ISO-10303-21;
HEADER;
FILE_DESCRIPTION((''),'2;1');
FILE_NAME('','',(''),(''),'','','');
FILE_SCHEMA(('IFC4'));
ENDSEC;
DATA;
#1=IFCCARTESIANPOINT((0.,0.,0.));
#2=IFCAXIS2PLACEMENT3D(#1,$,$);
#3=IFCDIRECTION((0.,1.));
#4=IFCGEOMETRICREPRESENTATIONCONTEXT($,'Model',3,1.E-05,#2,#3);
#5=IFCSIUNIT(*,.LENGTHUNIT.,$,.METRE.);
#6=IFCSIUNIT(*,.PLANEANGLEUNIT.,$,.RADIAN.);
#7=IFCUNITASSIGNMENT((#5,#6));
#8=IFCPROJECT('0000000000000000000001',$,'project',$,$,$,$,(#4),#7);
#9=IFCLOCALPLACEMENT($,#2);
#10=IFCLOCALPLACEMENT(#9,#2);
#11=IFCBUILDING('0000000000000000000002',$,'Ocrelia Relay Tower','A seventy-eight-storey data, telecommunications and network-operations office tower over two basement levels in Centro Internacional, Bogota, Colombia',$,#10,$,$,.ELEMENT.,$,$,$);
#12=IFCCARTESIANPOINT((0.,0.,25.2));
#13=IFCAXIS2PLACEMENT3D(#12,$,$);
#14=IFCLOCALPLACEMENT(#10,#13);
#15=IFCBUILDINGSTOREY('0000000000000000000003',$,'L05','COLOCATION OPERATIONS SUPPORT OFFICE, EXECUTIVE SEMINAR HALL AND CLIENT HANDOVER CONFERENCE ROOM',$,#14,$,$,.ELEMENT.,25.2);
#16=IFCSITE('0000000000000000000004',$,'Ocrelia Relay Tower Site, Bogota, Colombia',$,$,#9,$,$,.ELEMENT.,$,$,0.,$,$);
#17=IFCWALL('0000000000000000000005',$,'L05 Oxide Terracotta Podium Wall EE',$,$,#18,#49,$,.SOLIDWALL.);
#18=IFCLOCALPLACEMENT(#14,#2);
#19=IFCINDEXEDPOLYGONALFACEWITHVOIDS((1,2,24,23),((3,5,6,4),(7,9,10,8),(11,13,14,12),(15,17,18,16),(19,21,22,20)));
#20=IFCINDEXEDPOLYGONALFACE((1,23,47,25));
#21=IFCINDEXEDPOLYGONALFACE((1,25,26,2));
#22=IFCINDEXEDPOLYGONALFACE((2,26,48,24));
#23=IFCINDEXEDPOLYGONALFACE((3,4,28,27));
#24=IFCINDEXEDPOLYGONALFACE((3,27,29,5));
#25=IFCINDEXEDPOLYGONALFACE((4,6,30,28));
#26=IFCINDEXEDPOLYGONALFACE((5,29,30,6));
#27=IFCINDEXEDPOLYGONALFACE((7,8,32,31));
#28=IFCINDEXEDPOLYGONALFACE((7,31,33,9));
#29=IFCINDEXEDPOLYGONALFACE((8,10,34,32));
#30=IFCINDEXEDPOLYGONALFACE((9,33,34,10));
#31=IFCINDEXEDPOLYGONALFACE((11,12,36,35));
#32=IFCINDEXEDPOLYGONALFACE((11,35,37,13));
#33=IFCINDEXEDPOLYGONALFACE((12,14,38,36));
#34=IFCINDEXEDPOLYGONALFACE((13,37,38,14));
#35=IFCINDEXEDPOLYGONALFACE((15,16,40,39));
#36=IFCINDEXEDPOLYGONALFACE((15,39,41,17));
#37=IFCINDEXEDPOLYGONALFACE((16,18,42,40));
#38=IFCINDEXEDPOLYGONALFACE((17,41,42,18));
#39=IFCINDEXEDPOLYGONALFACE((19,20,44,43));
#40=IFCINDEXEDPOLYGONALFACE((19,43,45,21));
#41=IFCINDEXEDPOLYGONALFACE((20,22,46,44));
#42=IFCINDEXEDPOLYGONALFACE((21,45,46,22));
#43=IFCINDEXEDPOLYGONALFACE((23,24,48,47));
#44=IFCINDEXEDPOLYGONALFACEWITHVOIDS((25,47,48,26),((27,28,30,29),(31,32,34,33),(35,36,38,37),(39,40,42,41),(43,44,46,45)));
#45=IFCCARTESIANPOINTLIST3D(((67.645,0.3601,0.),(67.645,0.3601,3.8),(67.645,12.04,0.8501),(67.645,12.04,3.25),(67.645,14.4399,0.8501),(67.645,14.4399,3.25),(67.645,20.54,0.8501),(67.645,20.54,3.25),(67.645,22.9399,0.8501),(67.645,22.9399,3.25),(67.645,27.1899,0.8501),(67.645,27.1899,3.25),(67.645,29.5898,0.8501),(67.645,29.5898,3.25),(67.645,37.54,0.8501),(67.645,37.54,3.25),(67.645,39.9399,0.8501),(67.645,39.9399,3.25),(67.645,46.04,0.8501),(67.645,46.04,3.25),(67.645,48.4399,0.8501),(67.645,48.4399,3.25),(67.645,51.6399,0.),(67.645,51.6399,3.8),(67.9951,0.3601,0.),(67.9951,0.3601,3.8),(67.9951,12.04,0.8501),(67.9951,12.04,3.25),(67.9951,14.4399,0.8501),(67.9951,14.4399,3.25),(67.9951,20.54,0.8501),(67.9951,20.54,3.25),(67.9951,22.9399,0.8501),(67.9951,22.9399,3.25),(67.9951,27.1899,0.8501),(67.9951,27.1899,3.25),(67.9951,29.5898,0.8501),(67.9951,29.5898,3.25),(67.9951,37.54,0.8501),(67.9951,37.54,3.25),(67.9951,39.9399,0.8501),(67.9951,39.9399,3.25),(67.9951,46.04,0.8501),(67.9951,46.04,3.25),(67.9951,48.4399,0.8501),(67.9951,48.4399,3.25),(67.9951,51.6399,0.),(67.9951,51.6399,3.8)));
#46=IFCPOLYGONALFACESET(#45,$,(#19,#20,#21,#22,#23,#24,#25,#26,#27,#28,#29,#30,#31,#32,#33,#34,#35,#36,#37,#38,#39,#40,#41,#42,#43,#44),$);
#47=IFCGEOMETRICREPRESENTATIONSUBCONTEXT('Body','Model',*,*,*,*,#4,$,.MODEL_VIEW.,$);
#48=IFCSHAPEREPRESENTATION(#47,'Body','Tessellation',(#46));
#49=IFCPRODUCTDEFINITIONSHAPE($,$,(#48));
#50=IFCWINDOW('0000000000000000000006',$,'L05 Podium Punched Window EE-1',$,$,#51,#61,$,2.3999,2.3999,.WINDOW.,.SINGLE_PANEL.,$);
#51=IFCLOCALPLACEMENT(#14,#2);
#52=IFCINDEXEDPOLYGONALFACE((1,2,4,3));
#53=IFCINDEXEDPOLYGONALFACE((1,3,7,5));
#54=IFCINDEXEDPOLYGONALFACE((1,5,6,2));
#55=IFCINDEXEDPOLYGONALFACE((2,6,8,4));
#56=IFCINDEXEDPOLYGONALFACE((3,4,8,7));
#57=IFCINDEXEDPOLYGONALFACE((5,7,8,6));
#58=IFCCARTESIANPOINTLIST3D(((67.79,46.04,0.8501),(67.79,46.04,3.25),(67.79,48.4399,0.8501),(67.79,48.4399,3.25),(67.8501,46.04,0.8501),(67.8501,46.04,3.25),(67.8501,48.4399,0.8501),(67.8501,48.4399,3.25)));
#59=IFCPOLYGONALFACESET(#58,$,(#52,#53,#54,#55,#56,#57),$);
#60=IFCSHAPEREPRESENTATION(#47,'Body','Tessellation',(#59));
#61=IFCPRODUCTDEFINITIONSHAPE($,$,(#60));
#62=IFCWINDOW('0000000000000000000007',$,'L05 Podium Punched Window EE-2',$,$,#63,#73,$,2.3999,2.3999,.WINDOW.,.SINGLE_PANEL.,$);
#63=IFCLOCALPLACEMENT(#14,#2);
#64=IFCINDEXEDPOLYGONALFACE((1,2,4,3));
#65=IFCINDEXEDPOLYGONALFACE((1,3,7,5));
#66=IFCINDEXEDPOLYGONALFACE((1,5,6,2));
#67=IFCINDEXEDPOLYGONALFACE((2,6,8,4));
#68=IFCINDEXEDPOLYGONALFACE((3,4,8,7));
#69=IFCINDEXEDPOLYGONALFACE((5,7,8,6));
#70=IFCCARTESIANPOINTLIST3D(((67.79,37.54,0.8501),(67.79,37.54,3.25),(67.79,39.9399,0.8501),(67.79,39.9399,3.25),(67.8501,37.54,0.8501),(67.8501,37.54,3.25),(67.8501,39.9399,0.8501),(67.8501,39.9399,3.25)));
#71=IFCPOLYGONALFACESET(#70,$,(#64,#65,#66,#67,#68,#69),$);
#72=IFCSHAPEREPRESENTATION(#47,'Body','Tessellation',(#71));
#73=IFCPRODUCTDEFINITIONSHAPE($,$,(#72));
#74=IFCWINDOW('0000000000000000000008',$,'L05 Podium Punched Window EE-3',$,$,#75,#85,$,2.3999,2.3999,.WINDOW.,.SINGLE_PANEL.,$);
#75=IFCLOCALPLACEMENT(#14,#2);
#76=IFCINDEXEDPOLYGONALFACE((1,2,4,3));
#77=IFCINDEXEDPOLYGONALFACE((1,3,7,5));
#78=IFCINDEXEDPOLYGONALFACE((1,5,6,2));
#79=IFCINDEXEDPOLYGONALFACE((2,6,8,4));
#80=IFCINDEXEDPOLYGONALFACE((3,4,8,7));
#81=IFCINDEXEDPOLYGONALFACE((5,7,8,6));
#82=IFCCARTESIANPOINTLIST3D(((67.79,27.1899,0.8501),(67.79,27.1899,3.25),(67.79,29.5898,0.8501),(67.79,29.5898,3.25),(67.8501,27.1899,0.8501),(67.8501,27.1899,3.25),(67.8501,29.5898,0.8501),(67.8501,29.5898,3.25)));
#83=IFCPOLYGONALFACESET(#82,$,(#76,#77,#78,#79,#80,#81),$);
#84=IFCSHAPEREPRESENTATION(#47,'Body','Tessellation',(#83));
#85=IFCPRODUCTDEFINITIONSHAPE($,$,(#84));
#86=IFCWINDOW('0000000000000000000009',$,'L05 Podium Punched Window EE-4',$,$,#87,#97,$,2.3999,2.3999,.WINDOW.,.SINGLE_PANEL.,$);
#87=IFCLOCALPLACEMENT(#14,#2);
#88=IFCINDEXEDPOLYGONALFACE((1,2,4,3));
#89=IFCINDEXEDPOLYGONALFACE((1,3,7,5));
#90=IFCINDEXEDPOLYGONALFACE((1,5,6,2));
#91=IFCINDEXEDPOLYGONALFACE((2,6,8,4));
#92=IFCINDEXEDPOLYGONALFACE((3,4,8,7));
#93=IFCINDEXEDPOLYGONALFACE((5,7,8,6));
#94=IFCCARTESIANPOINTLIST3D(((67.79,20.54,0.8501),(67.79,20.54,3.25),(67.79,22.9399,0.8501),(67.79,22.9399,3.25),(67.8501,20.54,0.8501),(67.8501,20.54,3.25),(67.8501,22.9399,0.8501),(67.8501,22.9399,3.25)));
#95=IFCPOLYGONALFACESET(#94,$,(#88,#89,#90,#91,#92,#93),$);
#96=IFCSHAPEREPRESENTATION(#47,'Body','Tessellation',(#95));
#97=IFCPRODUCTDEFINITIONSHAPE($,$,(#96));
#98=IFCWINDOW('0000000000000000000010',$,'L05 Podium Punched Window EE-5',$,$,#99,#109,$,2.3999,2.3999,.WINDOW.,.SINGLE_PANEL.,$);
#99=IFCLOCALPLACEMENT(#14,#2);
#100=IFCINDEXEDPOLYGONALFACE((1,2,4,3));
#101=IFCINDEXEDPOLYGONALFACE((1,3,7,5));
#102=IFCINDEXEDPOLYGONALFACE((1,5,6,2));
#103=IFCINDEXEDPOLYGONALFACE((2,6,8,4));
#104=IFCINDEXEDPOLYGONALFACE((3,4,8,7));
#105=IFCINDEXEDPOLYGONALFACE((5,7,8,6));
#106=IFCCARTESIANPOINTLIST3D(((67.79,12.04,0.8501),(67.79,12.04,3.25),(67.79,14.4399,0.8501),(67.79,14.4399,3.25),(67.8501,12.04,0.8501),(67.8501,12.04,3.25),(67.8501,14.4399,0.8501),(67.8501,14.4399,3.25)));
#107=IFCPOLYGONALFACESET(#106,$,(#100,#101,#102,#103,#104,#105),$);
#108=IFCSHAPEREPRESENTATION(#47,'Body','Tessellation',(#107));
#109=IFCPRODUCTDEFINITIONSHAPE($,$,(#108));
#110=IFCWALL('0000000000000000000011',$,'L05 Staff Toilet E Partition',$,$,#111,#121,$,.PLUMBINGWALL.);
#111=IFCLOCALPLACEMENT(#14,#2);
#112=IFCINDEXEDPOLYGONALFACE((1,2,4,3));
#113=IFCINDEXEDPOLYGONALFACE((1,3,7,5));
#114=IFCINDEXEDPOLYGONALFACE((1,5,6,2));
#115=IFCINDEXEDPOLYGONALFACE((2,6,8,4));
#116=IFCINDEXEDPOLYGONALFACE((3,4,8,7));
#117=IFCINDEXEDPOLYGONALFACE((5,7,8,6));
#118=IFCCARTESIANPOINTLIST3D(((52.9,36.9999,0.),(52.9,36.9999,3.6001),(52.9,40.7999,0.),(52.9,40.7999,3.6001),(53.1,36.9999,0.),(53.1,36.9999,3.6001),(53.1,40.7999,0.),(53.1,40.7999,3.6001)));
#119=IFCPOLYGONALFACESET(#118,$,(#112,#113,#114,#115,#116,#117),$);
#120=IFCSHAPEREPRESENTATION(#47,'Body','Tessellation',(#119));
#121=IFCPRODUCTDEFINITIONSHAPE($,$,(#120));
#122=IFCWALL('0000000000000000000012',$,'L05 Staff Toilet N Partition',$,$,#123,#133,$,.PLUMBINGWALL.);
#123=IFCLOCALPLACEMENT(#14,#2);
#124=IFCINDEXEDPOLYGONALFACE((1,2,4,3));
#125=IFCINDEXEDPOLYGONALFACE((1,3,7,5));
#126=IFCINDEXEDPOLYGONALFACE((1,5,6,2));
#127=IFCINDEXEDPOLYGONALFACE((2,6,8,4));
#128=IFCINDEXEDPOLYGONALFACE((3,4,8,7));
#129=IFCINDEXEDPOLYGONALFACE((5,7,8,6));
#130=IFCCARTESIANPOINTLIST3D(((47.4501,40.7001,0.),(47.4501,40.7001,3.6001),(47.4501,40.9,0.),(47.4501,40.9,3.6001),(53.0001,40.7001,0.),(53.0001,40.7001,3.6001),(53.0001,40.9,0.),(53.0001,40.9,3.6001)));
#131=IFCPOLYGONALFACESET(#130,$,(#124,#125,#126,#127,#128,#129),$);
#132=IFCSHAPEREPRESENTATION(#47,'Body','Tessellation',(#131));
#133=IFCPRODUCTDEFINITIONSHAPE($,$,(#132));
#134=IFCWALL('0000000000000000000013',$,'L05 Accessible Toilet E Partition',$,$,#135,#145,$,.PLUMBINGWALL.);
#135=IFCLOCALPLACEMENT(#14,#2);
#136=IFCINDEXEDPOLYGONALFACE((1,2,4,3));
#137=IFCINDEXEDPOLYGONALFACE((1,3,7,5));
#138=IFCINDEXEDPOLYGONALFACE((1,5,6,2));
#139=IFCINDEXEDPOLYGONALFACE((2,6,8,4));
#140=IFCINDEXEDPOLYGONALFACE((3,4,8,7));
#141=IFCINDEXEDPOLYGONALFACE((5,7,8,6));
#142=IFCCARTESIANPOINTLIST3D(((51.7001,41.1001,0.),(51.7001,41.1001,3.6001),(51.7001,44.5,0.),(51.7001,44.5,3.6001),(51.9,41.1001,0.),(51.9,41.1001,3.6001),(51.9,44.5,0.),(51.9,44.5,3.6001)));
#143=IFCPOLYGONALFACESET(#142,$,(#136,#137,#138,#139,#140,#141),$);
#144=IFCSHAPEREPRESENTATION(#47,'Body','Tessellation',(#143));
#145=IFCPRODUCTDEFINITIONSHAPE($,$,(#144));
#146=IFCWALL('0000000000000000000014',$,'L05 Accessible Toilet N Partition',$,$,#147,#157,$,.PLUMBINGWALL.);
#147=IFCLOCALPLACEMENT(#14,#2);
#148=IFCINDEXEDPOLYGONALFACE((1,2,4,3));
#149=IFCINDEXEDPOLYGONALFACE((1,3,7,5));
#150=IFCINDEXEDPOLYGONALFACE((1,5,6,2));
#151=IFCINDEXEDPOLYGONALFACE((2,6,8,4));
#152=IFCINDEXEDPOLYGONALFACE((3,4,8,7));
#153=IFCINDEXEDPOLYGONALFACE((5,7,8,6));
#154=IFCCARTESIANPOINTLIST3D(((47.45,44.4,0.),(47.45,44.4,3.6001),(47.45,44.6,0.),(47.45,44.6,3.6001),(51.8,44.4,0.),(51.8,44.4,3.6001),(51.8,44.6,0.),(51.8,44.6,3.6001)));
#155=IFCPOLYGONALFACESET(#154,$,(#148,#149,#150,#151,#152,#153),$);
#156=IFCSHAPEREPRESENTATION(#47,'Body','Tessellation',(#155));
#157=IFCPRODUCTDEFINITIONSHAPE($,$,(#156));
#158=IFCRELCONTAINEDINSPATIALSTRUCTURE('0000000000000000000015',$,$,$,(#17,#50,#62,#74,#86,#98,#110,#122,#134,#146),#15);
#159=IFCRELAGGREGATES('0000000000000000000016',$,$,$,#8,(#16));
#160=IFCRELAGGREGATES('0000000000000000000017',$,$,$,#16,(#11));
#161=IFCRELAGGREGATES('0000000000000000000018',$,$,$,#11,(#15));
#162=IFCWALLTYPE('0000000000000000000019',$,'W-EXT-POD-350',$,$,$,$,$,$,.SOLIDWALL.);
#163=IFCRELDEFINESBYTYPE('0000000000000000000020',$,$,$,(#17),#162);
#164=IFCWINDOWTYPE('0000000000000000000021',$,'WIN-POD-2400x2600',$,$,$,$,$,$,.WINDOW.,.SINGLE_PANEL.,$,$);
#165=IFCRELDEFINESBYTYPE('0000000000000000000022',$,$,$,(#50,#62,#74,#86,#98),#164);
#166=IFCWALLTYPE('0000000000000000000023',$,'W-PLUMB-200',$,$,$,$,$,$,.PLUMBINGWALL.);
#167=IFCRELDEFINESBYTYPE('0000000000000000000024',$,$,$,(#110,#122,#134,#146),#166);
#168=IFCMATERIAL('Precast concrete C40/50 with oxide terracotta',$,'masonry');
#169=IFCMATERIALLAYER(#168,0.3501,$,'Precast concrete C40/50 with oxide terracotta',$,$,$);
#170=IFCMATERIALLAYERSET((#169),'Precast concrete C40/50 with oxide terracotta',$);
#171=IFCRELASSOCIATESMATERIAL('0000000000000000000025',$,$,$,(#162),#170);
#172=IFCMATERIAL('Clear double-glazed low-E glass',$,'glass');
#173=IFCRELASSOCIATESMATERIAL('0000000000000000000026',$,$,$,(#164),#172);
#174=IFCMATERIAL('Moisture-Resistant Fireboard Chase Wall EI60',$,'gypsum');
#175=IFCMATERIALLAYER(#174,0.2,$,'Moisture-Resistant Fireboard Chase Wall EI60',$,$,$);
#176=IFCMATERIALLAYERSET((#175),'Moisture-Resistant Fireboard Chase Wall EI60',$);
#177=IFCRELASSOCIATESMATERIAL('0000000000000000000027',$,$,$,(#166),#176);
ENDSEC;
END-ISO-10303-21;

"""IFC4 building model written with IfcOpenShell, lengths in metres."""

from ifc_helpers import new_model, si_unit, direction, frame, frame_2d, origin, place, context, subcontext, project, spatial, rectangle, extrude, material, layer, layer_set, type_object, element, fill, save


model = new_model("IFC4")

# Units and contexts
model_context = context("Model", 3, precision=1e-05, world=origin(), true_north=direction((0.0, 1.0)))
body_context = subcontext(model_context, "Body", "Model", "MODEL_VIEW")
ifc_project = project(units=[si_unit("LENGTHUNIT", "METRE"), si_unit("PLANEANGLEUNIT", "RADIAN")], contexts=[model_context])

# Site, building, storey
site_placement = place(None, origin())
site = spatial("IfcSite", under=ifc_project, at=site_placement, Name="Ocrelia Relay Tower Site, Bogota, Colombia", CompositionType="ELEMENT", RefElevation=0.0)
building_placement = place(site_placement, origin())
building = spatial("IfcBuilding", under=site, at=building_placement, Name="Ocrelia Relay Tower", Description="A seventy-eight-storey data, telecommunications and network-operations office tower over two basement levels in Centro Internacional, Bogota, Colombia", CompositionType="ELEMENT")
storey_placement = place(building_placement, frame((0.0, 0.0, 25.2)))
storey = spatial("IfcBuildingStorey", under=building, at=storey_placement, Name="L05", Description="COLOCATION OPERATIONS SUPPORT OFFICE, EXECUTIVE SEMINAR HALL AND CLIENT HANDOVER CONFERENCE ROOM", CompositionType="ELEMENT", Elevation=25.2)

# Wall, openings, windows
ifc_material_1 = material(Name="Precast concrete C40/50 with oxide terracotta", Category="masonry")
ifc_layer_1 = layer(ifc_material_1, 0.3501, Name="Precast concrete C40/50 with oxide terracotta")
ifc_layer_set_1 = layer_set([ifc_layer_1], Name="Precast concrete C40/50 with oxide terracotta")
wall_type_1 = type_object("IfcWallType", Name="W-EXT-POD-350", PredefinedType="SOLIDWALL", material=ifc_layer_set_1)
wall_1_placement = place(storey_placement, frame((67.8201, 51.6399, 0.0), z_axis=(0.0, 0.0, 1.0), x_axis=(0.0, -1.0, 0.0)))
wall_1 = element("IfcWall", 1, at=wall_1_placement, inside=storey, type_object=wall_type_1, Name="L05 Oxide Terracotta Podium Wall EE", PredefinedType="SOLIDWALL", context=body_context, shape_type="SweptSolid", body=[
    extrude(rectangle(XDim=51.2798, YDim=0.3501, at=frame_2d((25.6399, 0.0))), origin(), (0.0, 0.0, 1.0), 3.8),
])
opening_1_placement = place(wall_1_placement, frame((3.2, 0.0, 0.8501)))
opening_1 = element("IfcOpeningElement", 2, at=opening_1_placement, cuts=wall_1, PredefinedType="OPENING", context=body_context, shape_type="SweptSolid", body=[
    extrude(rectangle(XDim=2.3999, YDim=2.3999, at=frame_2d((1.2, 1.2))), frame((0.0, 0.1851, 0.0), z_axis=(0.0, -1.0, 0.0), x_axis=(1.0, 0.0, 0.0)), (0.0, 0.0, 1.0), 0.3701),
])
opening_2_placement = place(wall_1_placement, frame((11.7, 0.0, 0.8501)))
opening_2 = element("IfcOpeningElement", 3, at=opening_2_placement, cuts=wall_1, PredefinedType="OPENING", context=body_context, shape_type="SweptSolid", body=[
    extrude(rectangle(XDim=2.3999, YDim=2.3999, at=frame_2d((1.2, 1.2))), frame((0.0, 0.1851, 0.0), z_axis=(0.0, -1.0, 0.0), x_axis=(1.0, 0.0, 0.0)), (0.0, 0.0, 1.0), 0.3701),
])
opening_3_placement = place(wall_1_placement, frame((22.05, 0.0, 0.8501)))
opening_3 = element("IfcOpeningElement", 4, at=opening_3_placement, cuts=wall_1, PredefinedType="OPENING", context=body_context, shape_type="SweptSolid", body=[
    extrude(rectangle(XDim=2.3999, YDim=2.3999, at=frame_2d((1.2, 1.2))), frame((0.0, 0.1851, 0.0), z_axis=(0.0, -1.0, 0.0), x_axis=(1.0, 0.0, 0.0)), (0.0, 0.0, 1.0), 0.3701),
])
opening_4_placement = place(wall_1_placement, frame((28.7, 0.0, 0.8501)))
opening_4 = element("IfcOpeningElement", 5, at=opening_4_placement, cuts=wall_1, PredefinedType="OPENING", context=body_context, shape_type="SweptSolid", body=[
    extrude(rectangle(XDim=2.3999, YDim=2.3999, at=frame_2d((1.2, 1.2))), frame((0.0, 0.1851, 0.0), z_axis=(0.0, -1.0, 0.0), x_axis=(1.0, 0.0, 0.0)), (0.0, 0.0, 1.0), 0.3701),
])
opening_5_placement = place(wall_1_placement, frame((37.2, 0.0, 0.8501)))
opening_5 = element("IfcOpeningElement", 6, at=opening_5_placement, cuts=wall_1, PredefinedType="OPENING", context=body_context, shape_type="SweptSolid", body=[
    extrude(rectangle(XDim=2.3999, YDim=2.3999, at=frame_2d((1.2, 1.2))), frame((0.0, 0.1851, 0.0), z_axis=(0.0, -1.0, 0.0), x_axis=(1.0, 0.0, 0.0)), (0.0, 0.0, 1.0), 0.3701),
])
ifc_material_2 = material(Name="Clear double-glazed low-E glass", Category="glass")
window_type = type_object("IfcWindowType", Name="WIN-POD-2400x2600", PartitioningType="SINGLE_PANEL", PredefinedType="WINDOW", material=ifc_material_2)
window_1_placement = place(opening_1_placement, origin())
window_1 = element("IfcWindow", 7, at=window_1_placement, inside=storey, type_object=window_type, Name="L05 Podium Punched Window EE-1", OverallHeight=2.3999, OverallWidth=2.3999, PartitioningType="SINGLE_PANEL", PredefinedType="WINDOW", context=body_context, shape_type="SweptSolid", body=[
    extrude(rectangle(XDim=2.3999, YDim=2.3999, at=frame_2d((1.2, 1.2))), frame((0.0, 0.03, 0.0), z_axis=(0.0, -1.0, 0.0), x_axis=(1.0, 0.0, 0.0)), (0.0, 0.0, 1.0), 0.0601),
])
fill(opening_1, window_1)
window_2_placement = place(opening_2_placement, origin())
window_2 = element("IfcWindow", 8, at=window_2_placement, inside=storey, type_object=window_type, Name="L05 Podium Punched Window EE-2", OverallHeight=2.3999, OverallWidth=2.3999, PartitioningType="SINGLE_PANEL", PredefinedType="WINDOW", context=body_context, shape_type="SweptSolid", body=[
    extrude(rectangle(XDim=2.3999, YDim=2.3999, at=frame_2d((1.2, 1.2))), frame((0.0, 0.03, 0.0), z_axis=(0.0, -1.0, 0.0), x_axis=(1.0, 0.0, 0.0)), (0.0, 0.0, 1.0), 0.0601),
])
fill(opening_2, window_2)
window_3_placement = place(opening_3_placement, origin())
window_3 = element("IfcWindow", 9, at=window_3_placement, inside=storey, type_object=window_type, Name="L05 Podium Punched Window EE-3", OverallHeight=2.3999, OverallWidth=2.3999, PartitioningType="SINGLE_PANEL", PredefinedType="WINDOW", context=body_context, shape_type="SweptSolid", body=[
    extrude(rectangle(XDim=2.3999, YDim=2.3999, at=frame_2d((1.2, 1.2))), frame((0.0, 0.03, 0.0), z_axis=(0.0, -1.0, 0.0), x_axis=(1.0, 0.0, 0.0)), (0.0, 0.0, 1.0), 0.0601),
])
fill(opening_3, window_3)
window_4_placement = place(opening_4_placement, origin())
window_4 = element("IfcWindow", 10, at=window_4_placement, inside=storey, type_object=window_type, Name="L05 Podium Punched Window EE-4", OverallHeight=2.3999, OverallWidth=2.3999, PartitioningType="SINGLE_PANEL", PredefinedType="WINDOW", context=body_context, shape_type="SweptSolid", body=[
    extrude(rectangle(XDim=2.3999, YDim=2.3999, at=frame_2d((1.2, 1.2))), frame((0.0, 0.03, 0.0), z_axis=(0.0, -1.0, 0.0), x_axis=(1.0, 0.0, 0.0)), (0.0, 0.0, 1.0), 0.0601),
])
fill(opening_4, window_4)
window_5_placement = place(opening_5_placement, origin())
window_5 = element("IfcWindow", 11, at=window_5_placement, inside=storey, type_object=window_type, Name="L05 Podium Punched Window EE-5", OverallHeight=2.3999, OverallWidth=2.3999, PartitioningType="SINGLE_PANEL", PredefinedType="WINDOW", context=body_context, shape_type="SweptSolid", body=[
    extrude(rectangle(XDim=2.3999, YDim=2.3999, at=frame_2d((1.2, 1.2))), frame((0.0, 0.03, 0.0), z_axis=(0.0, -1.0, 0.0), x_axis=(1.0, 0.0, 0.0)), (0.0, 0.0, 1.0), 0.0601),
])
fill(opening_5, window_5)

# Walls
ifc_material_3 = material(Name="Moisture-Resistant Fireboard Chase Wall EI60", Category="gypsum")
ifc_layer_2 = layer(ifc_material_3, 0.2, Name="Moisture-Resistant Fireboard Chase Wall EI60")
ifc_layer_set_2 = layer_set([ifc_layer_2], Name="Moisture-Resistant Fireboard Chase Wall EI60")
wall_type_2 = type_object("IfcWallType", Name="W-PLUMB-200", PredefinedType="PLUMBINGWALL", material=ifc_layer_set_2)
wall_2_placement = place(storey_placement, frame((53.0, 37.0, 0.0), z_axis=(0.0, 0.0, 1.0), x_axis=(0.0, 1.0, 0.0)))
element("IfcWall", 12, at=wall_2_placement, inside=storey, type_object=wall_type_2, Name="L05 Staff Toilet E Partition", PredefinedType="PLUMBINGWALL", context=body_context, shape_type="SweptSolid", body=[
    extrude(rectangle(XDim=3.8, YDim=0.2, at=frame_2d((1.8999, 0.0))), origin(), (0.0, 0.0, 1.0), 3.6001),
])
wall_3_placement = place(storey_placement, frame((53.0, 40.8, 0.0), z_axis=(0.0, 0.0, 1.0), x_axis=(-1.0, 0.0, 0.0)))
element("IfcWall", 13, at=wall_3_placement, inside=storey, type_object=wall_type_2, Name="L05 Staff Toilet N Partition", PredefinedType="PLUMBINGWALL", context=body_context, shape_type="SweptSolid", body=[
    extrude(rectangle(XDim=5.55, YDim=0.2, at=frame_2d((2.7749, 0.0))), origin(), (0.0, 0.0, 1.0), 3.6001),
])
wall_4_placement = place(storey_placement, frame((51.8, 41.1001, 0.0), z_axis=(0.0, 0.0, 1.0), x_axis=(0.0, 1.0, 0.0)))
element("IfcWall", 14, at=wall_4_placement, inside=storey, type_object=wall_type_2, Name="L05 Accessible Toilet E Partition", PredefinedType="PLUMBINGWALL", context=body_context, shape_type="SweptSolid", body=[
    extrude(rectangle(XDim=3.3999, YDim=0.2, at=frame_2d((1.7, 0.0))), origin(), (0.0, 0.0, 1.0), 3.6001),
])
wall_5_placement = place(storey_placement, frame((51.8, 44.5, 0.0), z_axis=(0.0, 0.0, 1.0), x_axis=(-1.0, 0.0, 0.0)))
element("IfcWall", 15, at=wall_5_placement, inside=storey, type_object=wall_type_2, Name="L05 Accessible Toilet N Partition", PredefinedType="PLUMBINGWALL", context=body_context, shape_type="SweptSolid", body=[
    extrude(rectangle(XDim=4.3501, YDim=0.2, at=frame_2d((2.175, 0.0))), origin(), (0.0, 0.0, 1.0), 3.6001),
])

save(model, "model.ifc")
